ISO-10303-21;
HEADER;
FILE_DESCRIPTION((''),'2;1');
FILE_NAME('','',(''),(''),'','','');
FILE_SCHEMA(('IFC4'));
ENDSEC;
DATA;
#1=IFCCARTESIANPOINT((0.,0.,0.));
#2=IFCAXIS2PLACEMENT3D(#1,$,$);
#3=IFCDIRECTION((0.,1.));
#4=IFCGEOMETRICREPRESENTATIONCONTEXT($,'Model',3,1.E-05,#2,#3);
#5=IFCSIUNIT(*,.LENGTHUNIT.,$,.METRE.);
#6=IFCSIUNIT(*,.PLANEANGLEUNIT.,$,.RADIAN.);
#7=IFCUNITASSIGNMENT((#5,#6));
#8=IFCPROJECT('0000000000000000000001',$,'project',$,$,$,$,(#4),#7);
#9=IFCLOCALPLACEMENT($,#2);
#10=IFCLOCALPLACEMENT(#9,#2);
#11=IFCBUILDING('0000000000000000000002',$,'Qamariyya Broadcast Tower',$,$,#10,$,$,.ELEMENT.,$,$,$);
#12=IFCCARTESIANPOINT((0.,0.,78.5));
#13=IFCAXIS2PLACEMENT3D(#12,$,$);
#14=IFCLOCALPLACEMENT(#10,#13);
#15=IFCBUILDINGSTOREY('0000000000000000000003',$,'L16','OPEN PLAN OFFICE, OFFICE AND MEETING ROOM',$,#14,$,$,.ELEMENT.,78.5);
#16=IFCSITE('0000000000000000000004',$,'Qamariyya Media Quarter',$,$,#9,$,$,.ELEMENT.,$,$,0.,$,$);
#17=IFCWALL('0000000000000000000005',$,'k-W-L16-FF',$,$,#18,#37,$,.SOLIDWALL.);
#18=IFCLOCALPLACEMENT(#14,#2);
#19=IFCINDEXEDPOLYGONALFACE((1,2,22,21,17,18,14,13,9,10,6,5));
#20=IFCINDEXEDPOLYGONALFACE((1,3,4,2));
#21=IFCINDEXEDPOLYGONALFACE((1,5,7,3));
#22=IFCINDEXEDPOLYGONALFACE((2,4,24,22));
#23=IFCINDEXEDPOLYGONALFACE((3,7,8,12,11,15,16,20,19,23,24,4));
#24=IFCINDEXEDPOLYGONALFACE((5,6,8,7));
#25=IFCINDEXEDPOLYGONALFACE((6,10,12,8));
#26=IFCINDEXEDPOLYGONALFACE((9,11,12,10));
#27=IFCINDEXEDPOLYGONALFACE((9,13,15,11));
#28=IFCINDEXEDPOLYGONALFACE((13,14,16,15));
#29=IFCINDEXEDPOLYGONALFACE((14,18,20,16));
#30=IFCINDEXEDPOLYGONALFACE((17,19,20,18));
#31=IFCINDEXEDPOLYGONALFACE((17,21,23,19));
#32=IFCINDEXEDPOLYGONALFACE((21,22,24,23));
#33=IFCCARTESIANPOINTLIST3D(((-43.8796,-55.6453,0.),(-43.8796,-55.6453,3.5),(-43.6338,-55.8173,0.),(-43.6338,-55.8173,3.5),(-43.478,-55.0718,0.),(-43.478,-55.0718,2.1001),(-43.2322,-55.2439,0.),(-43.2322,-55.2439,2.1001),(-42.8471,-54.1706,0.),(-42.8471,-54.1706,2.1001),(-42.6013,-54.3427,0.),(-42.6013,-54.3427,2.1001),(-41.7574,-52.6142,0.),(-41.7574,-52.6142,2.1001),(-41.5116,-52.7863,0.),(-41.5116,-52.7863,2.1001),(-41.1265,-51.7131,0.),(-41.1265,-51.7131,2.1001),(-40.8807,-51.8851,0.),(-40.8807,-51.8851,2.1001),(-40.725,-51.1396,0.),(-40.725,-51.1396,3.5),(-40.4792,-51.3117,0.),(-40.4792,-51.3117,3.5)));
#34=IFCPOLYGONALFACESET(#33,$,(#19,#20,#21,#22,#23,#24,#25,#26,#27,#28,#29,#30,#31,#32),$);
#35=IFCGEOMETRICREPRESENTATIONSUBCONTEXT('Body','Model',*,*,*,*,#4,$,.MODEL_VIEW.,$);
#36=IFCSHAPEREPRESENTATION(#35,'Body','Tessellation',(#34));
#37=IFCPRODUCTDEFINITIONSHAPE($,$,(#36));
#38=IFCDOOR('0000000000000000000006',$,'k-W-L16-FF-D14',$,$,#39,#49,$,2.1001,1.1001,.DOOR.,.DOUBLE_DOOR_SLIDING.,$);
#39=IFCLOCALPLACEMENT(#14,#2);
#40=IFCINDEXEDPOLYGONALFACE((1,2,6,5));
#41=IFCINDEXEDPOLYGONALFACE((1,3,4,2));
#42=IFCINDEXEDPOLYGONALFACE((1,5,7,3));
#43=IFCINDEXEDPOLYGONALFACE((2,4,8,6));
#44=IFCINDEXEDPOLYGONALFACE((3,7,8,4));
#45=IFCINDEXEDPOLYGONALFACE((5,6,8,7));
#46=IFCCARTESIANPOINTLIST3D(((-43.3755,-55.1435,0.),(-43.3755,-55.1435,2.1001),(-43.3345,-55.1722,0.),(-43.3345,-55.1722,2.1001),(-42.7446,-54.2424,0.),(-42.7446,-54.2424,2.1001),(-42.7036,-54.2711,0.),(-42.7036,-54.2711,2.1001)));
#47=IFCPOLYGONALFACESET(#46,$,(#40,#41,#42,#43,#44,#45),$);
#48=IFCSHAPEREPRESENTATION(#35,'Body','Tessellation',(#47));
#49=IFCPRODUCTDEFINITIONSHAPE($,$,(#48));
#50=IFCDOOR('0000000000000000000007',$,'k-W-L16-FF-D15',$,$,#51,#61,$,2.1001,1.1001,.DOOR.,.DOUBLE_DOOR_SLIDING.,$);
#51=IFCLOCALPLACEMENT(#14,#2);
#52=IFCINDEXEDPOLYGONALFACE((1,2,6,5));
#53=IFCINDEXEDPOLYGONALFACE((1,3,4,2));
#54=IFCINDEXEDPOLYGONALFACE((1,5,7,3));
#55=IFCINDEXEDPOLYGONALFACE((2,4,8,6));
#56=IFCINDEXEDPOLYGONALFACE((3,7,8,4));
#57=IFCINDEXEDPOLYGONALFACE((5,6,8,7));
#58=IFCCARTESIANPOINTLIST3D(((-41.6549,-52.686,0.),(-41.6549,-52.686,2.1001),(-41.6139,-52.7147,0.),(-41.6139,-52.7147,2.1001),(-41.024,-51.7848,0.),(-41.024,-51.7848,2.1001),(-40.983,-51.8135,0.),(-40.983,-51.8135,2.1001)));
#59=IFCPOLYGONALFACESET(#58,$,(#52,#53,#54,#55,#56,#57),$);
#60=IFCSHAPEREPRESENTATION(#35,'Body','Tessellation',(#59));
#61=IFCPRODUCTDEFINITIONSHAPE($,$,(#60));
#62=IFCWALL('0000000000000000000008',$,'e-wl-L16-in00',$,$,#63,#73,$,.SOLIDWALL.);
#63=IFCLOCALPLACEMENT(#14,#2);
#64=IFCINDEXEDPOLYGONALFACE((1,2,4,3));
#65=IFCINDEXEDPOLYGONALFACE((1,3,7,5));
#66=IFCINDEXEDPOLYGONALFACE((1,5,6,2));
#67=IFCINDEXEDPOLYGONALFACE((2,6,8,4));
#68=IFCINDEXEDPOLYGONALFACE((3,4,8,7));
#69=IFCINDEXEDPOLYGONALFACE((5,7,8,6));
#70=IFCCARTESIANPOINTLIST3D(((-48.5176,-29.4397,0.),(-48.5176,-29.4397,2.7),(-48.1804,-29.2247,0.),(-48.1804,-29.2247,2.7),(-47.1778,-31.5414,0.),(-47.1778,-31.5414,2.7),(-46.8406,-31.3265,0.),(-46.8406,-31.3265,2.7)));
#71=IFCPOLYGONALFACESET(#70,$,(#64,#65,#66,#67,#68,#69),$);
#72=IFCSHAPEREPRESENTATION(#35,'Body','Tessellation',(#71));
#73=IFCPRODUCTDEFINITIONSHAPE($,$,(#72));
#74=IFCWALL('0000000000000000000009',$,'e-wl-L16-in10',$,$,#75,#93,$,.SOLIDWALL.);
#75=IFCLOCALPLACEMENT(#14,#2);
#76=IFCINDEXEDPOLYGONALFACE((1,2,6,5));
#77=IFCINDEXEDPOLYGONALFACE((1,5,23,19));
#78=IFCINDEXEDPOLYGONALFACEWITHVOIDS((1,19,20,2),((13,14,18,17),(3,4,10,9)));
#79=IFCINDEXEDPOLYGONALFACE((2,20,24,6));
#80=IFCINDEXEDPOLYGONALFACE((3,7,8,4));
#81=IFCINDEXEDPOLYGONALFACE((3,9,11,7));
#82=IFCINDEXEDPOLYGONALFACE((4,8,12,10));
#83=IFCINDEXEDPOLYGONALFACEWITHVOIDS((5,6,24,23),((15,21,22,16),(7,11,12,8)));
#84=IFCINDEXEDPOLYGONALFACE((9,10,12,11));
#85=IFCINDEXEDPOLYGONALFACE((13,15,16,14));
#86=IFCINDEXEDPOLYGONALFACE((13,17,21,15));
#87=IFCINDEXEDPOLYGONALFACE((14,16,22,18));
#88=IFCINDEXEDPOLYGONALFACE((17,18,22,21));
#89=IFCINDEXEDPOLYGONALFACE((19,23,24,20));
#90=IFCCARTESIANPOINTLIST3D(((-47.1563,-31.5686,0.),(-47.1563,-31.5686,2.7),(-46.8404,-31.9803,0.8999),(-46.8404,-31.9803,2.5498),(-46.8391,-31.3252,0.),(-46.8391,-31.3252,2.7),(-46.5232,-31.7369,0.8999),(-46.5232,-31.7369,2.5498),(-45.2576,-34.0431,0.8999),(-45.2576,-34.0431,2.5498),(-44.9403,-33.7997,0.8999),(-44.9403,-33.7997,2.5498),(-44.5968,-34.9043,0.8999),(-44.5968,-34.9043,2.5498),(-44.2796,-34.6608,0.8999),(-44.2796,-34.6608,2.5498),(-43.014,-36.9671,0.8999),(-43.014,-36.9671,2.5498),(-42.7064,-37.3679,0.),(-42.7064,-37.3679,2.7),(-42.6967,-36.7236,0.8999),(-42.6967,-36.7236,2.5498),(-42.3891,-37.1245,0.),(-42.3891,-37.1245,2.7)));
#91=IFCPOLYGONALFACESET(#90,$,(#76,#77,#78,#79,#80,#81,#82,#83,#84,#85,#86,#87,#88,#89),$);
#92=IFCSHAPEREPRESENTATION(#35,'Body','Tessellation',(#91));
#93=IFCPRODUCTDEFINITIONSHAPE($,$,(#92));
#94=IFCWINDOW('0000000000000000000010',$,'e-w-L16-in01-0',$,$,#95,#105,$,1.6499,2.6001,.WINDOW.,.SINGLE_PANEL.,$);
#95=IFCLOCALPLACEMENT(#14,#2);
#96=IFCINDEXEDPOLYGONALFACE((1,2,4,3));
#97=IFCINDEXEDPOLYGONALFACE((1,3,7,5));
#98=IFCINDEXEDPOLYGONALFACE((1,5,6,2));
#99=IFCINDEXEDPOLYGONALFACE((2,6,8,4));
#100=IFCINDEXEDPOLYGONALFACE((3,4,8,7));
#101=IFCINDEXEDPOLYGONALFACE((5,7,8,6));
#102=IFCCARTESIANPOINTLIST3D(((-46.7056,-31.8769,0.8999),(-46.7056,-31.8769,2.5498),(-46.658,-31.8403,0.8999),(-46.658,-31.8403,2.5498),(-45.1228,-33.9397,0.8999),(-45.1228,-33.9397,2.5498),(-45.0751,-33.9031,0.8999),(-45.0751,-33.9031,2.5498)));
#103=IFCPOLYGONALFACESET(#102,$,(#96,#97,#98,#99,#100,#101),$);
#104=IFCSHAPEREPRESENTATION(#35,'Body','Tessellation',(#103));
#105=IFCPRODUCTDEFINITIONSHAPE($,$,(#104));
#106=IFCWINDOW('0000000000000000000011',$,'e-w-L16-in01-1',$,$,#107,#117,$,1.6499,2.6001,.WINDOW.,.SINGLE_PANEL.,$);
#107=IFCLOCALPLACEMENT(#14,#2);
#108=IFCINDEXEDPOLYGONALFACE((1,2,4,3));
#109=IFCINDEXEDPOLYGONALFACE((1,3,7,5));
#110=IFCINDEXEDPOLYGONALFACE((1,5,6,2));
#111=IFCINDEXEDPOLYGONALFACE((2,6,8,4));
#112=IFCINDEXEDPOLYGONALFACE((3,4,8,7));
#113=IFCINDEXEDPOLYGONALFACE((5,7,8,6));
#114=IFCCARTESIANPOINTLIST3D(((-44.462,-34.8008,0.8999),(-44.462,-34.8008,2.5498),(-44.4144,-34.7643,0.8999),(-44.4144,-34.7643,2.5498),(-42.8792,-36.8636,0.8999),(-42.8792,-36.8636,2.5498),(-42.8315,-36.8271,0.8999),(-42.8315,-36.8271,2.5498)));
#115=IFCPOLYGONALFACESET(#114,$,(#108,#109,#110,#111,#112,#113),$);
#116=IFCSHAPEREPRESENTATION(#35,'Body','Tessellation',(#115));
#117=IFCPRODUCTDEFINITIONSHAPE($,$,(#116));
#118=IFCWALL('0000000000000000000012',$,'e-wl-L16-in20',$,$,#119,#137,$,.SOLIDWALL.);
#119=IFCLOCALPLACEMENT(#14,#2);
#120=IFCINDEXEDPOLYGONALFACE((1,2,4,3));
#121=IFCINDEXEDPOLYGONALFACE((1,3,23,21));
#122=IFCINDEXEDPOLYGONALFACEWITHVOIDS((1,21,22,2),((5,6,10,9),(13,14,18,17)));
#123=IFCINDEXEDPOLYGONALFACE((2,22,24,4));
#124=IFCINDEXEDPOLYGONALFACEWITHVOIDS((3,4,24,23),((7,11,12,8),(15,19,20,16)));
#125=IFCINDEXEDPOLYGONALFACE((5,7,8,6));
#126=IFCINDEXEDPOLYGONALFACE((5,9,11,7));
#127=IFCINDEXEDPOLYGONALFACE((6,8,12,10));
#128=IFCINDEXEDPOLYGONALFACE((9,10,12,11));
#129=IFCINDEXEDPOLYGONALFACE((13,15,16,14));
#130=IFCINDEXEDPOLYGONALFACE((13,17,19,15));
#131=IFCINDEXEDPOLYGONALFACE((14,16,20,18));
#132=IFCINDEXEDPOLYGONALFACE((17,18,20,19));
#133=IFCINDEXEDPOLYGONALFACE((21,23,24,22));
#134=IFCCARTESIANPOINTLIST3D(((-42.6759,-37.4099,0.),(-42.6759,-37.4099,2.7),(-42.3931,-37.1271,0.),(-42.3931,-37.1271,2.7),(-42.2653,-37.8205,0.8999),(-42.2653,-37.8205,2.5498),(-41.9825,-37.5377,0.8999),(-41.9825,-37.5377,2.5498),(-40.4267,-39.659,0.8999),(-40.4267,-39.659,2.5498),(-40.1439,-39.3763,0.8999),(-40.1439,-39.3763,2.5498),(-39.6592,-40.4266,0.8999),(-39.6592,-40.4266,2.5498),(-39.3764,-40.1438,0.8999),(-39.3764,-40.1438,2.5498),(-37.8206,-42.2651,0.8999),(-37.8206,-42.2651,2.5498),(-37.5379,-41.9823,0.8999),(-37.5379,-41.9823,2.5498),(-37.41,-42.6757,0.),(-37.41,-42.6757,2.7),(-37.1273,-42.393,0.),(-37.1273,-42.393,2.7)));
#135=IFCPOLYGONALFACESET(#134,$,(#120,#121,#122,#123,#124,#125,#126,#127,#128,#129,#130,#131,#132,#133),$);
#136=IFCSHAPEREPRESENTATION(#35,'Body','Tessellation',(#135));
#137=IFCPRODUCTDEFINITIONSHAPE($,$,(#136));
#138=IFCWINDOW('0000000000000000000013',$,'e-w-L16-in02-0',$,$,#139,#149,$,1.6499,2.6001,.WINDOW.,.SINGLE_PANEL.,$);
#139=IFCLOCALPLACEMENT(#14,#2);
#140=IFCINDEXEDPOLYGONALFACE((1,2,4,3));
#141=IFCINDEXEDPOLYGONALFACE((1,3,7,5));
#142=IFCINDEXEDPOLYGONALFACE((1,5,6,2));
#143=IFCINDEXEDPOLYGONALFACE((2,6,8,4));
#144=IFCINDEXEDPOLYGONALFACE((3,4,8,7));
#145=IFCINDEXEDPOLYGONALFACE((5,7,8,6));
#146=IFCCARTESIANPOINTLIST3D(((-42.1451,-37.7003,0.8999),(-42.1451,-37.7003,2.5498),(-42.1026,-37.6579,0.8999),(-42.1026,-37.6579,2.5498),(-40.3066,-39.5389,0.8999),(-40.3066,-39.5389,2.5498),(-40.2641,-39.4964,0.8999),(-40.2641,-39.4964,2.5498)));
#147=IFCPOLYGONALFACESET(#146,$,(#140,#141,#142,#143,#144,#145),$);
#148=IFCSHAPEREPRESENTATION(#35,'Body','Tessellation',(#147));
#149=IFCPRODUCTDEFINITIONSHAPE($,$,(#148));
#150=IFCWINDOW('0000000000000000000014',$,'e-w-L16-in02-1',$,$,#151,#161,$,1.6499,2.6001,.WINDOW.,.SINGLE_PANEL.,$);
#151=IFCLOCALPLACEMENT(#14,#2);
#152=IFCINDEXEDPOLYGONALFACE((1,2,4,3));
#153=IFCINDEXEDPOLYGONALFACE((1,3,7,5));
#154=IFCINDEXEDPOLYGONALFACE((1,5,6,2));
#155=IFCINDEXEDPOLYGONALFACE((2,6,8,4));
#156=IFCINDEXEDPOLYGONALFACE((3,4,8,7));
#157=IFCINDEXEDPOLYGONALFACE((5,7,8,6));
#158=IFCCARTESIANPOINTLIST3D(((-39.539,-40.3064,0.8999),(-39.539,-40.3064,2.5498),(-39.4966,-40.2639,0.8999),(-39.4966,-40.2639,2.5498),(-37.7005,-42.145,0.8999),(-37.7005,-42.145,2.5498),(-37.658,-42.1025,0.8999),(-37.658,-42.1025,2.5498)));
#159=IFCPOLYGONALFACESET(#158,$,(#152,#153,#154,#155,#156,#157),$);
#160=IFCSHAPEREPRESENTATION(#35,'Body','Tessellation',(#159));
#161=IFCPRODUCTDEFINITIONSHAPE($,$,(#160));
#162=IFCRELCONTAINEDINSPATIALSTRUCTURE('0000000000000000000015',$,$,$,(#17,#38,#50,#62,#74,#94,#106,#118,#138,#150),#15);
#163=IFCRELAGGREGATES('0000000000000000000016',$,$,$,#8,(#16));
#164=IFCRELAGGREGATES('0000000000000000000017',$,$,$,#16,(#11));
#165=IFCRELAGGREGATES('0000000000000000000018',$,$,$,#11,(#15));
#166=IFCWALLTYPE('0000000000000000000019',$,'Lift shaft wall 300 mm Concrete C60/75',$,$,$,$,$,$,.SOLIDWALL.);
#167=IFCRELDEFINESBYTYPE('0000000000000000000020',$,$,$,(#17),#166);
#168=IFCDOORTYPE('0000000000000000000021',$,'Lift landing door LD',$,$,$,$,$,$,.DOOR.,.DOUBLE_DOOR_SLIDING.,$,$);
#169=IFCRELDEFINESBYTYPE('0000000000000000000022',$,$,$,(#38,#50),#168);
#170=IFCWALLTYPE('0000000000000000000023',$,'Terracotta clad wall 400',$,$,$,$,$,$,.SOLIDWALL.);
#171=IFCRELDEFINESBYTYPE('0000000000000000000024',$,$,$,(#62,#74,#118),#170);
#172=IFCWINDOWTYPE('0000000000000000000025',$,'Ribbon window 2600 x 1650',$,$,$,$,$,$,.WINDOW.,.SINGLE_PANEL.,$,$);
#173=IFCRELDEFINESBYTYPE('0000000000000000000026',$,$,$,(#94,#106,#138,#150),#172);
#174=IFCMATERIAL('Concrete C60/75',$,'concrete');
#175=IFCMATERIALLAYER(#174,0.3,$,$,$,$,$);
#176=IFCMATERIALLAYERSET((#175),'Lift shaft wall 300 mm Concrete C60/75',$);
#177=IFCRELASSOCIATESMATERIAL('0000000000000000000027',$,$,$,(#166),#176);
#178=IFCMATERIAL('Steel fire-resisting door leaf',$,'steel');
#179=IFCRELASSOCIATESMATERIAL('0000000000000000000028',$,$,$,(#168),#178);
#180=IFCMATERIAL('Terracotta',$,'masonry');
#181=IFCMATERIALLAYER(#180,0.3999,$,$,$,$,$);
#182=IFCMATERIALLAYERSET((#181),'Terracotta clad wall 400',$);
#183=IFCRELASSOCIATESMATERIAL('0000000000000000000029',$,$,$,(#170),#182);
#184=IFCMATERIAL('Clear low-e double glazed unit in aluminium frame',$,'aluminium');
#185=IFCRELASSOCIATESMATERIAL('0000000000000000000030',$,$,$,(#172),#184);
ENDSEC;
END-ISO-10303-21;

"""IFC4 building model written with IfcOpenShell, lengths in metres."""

from ifc_helpers import new_model, si_unit, direction, frame, frame_2d, origin, place, context, subcontext, project, spatial, rectangle, extrude, material, layer, layer_set, type_object, element, fill, save


model = new_model("IFC4")

# Units and contexts
model_context = context("Model", 3, precision=1e-05, world=origin(), true_north=direction((0.0, 1.0)))
body_context = subcontext(model_context, "Body", "Model", "MODEL_VIEW")
ifc_project = project(units=[si_unit("LENGTHUNIT", "METRE"), si_unit("PLANEANGLEUNIT", "RADIAN")], contexts=[model_context])

# Site, building, storey
site_placement = place(None, origin())
site = spatial("IfcSite", under=ifc_project, at=site_placement, Name="Qamariyya Media Quarter", CompositionType="ELEMENT", RefElevation=0.0)
building_placement = place(site_placement, origin())
building = spatial("IfcBuilding", under=site, at=building_placement, Name="Qamariyya Broadcast Tower", CompositionType="ELEMENT")
storey_placement = place(building_placement, frame((0.0, 0.0, 78.5)))
storey = spatial("IfcBuildingStorey", under=building, at=storey_placement, Name="L16", Description="OPEN PLAN OFFICE, OFFICE AND MEETING ROOM", CompositionType="ELEMENT", Elevation=78.5)

# Shared definitions
ifc_material_1 = material(Name="Concrete C60/75", Category="concrete")
ifc_layer_1 = layer(ifc_material_1, 0.3)
ifc_layer_set_1 = layer_set([ifc_layer_1], Name="Lift shaft wall 300 mm Concrete C60/75")
wall_type_1 = type_object("IfcWallType", Name="Lift shaft wall 300 mm Concrete C60/75", PredefinedType="SOLIDWALL", material=ifc_layer_set_1)

# Shared definitions
ifc_material_2 = material(Name="Steel fire-resisting door leaf", Category="steel")

# Wall, openings, doors
wall_1_placement = place(storey_placement, frame((-43.7566, -55.7312, 0.0), z_axis=(0.0, 0.0, 1.0), x_axis=(0.573537, 0.81918, 0.0)))
wall_1 = element("IfcWall", 1, at=wall_1_placement, inside=storey, type_object=wall_type_1, Name="k-W-L16-FF", PredefinedType="SOLIDWALL", context=body_context, shape_type="SweptSolid", body=[
    extrude(rectangle(XDim=5.5002, YDim=0.3, at=frame_2d((2.75, 0.0))), origin(), (0.0, 0.0, 1.0), 3.5),
])
opening_1_placement = place(wall_1_placement, frame((0.7, 0.0, 0.0)))
opening_1 = element("IfcOpeningElement", 2, at=opening_1_placement, cuts=wall_1, PredefinedType="OPENING", context=body_context, shape_type="SweptSolid", body=[
    extrude(rectangle(XDim=1.1001, YDim=2.1001, at=frame_2d((0.55, 1.05))), frame((0.0, 0.1599, 0.0), z_axis=(0.0, -1.0, 0.0), x_axis=(1.0, 0.0, 0.0)), (0.0, 0.0, 1.0), 0.3201),
])
opening_2_placement = place(wall_1_placement, frame((3.7, 0.0, 0.0)))
opening_2 = element("IfcOpeningElement", 3, at=opening_2_placement, cuts=wall_1, PredefinedType="OPENING", context=body_context, shape_type="SweptSolid", body=[
    extrude(rectangle(XDim=1.1001, YDim=2.1001, at=frame_2d((0.55, 1.05))), frame((0.0, 0.1599, 0.0), z_axis=(0.0, -1.0, 0.0), x_axis=(1.0, 0.0, 0.0)), (0.0, 0.0, 1.0), 0.3201),
])
door_type_1 = type_object("IfcDoorType", Name="Lift landing door LD", OperationType="DOUBLE_DOOR_SLIDING", PredefinedType="DOOR", material=ifc_material_2)
door_1_placement = place(opening_1_placement, origin())
door_1 = element("IfcDoor", 4, at=door_1_placement, inside=storey, type_object=door_type_1, Name="k-W-L16-FF-D14", OperationType="DOUBLE_DOOR_SLIDING", OverallHeight=2.1001, OverallWidth=1.1001, PredefinedType="DOOR", context=body_context, shape_type="SweptSolid", body=[
    extrude(rectangle(XDim=1.1001, YDim=2.1001, at=frame_2d((0.55, 1.05))), frame((0.0, 0.0249, 0.0), z_axis=(0.0, -1.0, 0.0), x_axis=(1.0, 0.0, 0.0)), (0.0, 0.0, 1.0), 0.05),
])
fill(opening_1, door_1)
door_2_placement = place(opening_2_placement, origin())
door_2 = element("IfcDoor", 5, at=door_2_placement, inside=storey, type_object=door_type_1, Name="k-W-L16-FF-D15", OperationType="DOUBLE_DOOR_SLIDING", OverallHeight=2.1001, OverallWidth=1.1001, PredefinedType="DOOR", context=body_context, shape_type="SweptSolid", body=[
    extrude(rectangle(XDim=1.1001, YDim=2.1001, at=frame_2d((0.55, 1.05))), frame((0.0, 0.0249, 0.0), z_axis=(0.0, -1.0, 0.0), x_axis=(1.0, 0.0, 0.0)), (0.0, 0.0, 1.0), 0.05),
])
fill(opening_2, door_2)

# Wall
ifc_material_3 = material(Name="Terracotta", Category="masonry")
ifc_layer_2 = layer(ifc_material_3, 0.3999)
ifc_layer_set_2 = layer_set([ifc_layer_2], Name="Terracotta clad wall 400")
wall_type_2 = type_object("IfcWallType", Name="Terracotta clad wall 400", PredefinedType="SOLIDWALL", material=ifc_layer_set_2)
wall_2_placement = place(storey_placement, frame((-47.0093, -31.4338, 0.0), z_axis=(0.0, 0.0, 1.0), x_axis=(-0.537541, 0.843238, 0.0)))
element("IfcWall", 6, at=wall_2_placement, inside=storey, type_object=wall_type_2, Name="e-wl-L16-in00", PredefinedType="SOLIDWALL", context=body_context, shape_type="SweptSolid", body=[
    extrude(rectangle(XDim=2.4924, YDim=0.3999, at=frame_2d((1.2461, 0.0))), origin(), (0.0, 0.0, 1.0), 2.7),
])

# Walls, openings, windows
wall_3_placement = place(storey_placement, frame((-42.5479, -37.2461, 0.0), z_axis=(0.0, 0.0, 1.0), x_axis=(-0.60876, 0.793355, 0.0)))
wall_3 = element("IfcWall", 7, at=wall_3_placement, inside=storey, type_object=wall_type_2, Name="e-wl-L16-in10", PredefinedType="SOLIDWALL", context=body_context, shape_type="SweptSolid", body=[
    extrude(rectangle(XDim=7.3098, YDim=0.3999, at=frame_2d((3.6548, 0.0))), origin(), (0.0, 0.0, 1.0), 2.7),
])
opening_3_placement = place(wall_3_placement, frame((4.1907, 0.0, 0.8999)))
opening_3 = element("IfcOpeningElement", 8, at=opening_3_placement, cuts=wall_3, PredefinedType="OPENING", context=body_context, shape_type="SweptSolid", body=[
    extrude(rectangle(XDim=2.6001, YDim=1.6499, at=frame_2d((1.3, 0.825))), frame((0.0, 0.21, 0.0), z_axis=(0.0, -1.0, 0.0), x_axis=(1.0, 0.0, 0.0)), (0.0, 0.0, 1.0), 0.4199),
])
opening_4_placement = place(wall_3_placement, frame((0.5051, 0.0, 0.8999)))
opening_4 = element("IfcOpeningElement", 9, at=opening_4_placement, cuts=wall_3, PredefinedType="OPENING", context=body_context, shape_type="SweptSolid", body=[
    extrude(rectangle(XDim=2.6001, YDim=1.6499, at=frame_2d((1.3, 0.825))), frame((0.0, 0.21, 0.0), z_axis=(0.0, -1.0, 0.0), x_axis=(1.0, 0.0, 0.0)), (0.0, 0.0, 1.0), 0.4199),
])
ifc_material_4 = material(Name="Clear low-e double glazed unit in aluminium frame", Category="aluminium")
window_type = type_object("IfcWindowType", Name="Ribbon window 2600 x 1650", PartitioningType="SINGLE_PANEL", PredefinedType="WINDOW", material=ifc_material_4)
window_1_placement = place(opening_3_placement, origin())
window_1 = element("IfcWindow", 10, at=window_1_placement, inside=storey, type_object=window_type, Name="e-w-L16-in01-0", OverallHeight=1.6499, OverallWidth=2.6001, PartitioningType="SINGLE_PANEL", PredefinedType="WINDOW", context=body_context, shape_type="SweptSolid", body=[
    extrude(rectangle(XDim=2.6001, YDim=1.6499, at=frame_2d((1.3, 0.825))), frame((0.0, 0.03, 0.0), z_axis=(0.0, -1.0, 0.0), x_axis=(1.0, 0.0, 0.0)), (0.0, 0.0, 1.0), 0.0601),
])
fill(opening_3, window_1)
window_2_placement = place(opening_4_placement, origin())
window_2 = element("IfcWindow", 11, at=window_2_placement, inside=storey, type_object=window_type, Name="e-w-L16-in01-1", OverallHeight=1.6499, OverallWidth=2.6001, PartitioningType="SINGLE_PANEL", PredefinedType="WINDOW", context=body_context, shape_type="SweptSolid", body=[
    extrude(rectangle(XDim=2.6001, YDim=1.6499, at=frame_2d((1.3, 0.825))), frame((0.0, 0.03, 0.0), z_axis=(0.0, -1.0, 0.0), x_axis=(1.0, 0.0, 0.0)), (0.0, 0.0, 1.0), 0.0601),
])
fill(opening_4, window_2)
wall_4_placement = place(storey_placement, frame((-37.2686, -42.5344, 0.0), z_axis=(0.0, 0.0, 1.0), x_axis=(-0.707107, 0.707107, 0.0)))
wall_4 = element("IfcWall", 12, at=wall_4_placement, inside=storey, type_object=wall_type_2, Name="e-wl-L16-in20", PredefinedType="SOLIDWALL", context=body_context, shape_type="SweptSolid", body=[
    extrude(rectangle(XDim=7.447, YDim=0.3999, at=frame_2d((3.7236, 0.0))), origin(), (0.0, 0.0, 1.0), 2.7),
])
opening_5_placement = place(wall_4_placement, frame((4.2664, 0.0, 0.8999)))
opening_5 = element("IfcOpeningElement", 13, at=opening_5_placement, cuts=wall_4, PredefinedType="OPENING", context=body_context, shape_type="SweptSolid", body=[
    extrude(rectangle(XDim=2.6001, YDim=1.6499, at=frame_2d((1.3, 0.825))), frame((0.0, 0.21, 0.0), z_axis=(0.0, -1.0, 0.0), x_axis=(1.0, 0.0, 0.0)), (0.0, 0.0, 1.0), 0.4199),
])
opening_6_placement = place(wall_4_placement, frame((0.5808, 0.0, 0.8999)))
opening_6 = element("IfcOpeningElement", 14, at=opening_6_placement, cuts=wall_4, PredefinedType="OPENING", context=body_context, shape_type="SweptSolid", body=[
    extrude(rectangle(XDim=2.6001, YDim=1.6499, at=frame_2d((1.3, 0.825))), frame((0.0, 0.21, 0.0), z_axis=(0.0, -1.0, 0.0), x_axis=(1.0, 0.0, 0.0)), (0.0, 0.0, 1.0), 0.4199),
])
window_3_placement = place(opening_5_placement, origin())
window_3 = element("IfcWindow", 15, at=window_3_placement, inside=storey, type_object=window_type, Name="e-w-L16-in02-0", OverallHeight=1.6499, OverallWidth=2.6001, PartitioningType="SINGLE_PANEL", PredefinedType="WINDOW", context=body_context, shape_type="SweptSolid", body=[
    extrude(rectangle(XDim=2.6001, YDim=1.6499, at=frame_2d((1.3, 0.825))), frame((0.0, 0.03, 0.0), z_axis=(0.0, -1.0, 0.0), x_axis=(1.0, 0.0, 0.0)), (0.0, 0.0, 1.0), 0.0601),
])
fill(opening_5, window_3)
window_4_placement = place(opening_6_placement, origin())
window_4 = element("IfcWindow", 16, at=window_4_placement, inside=storey, type_object=window_type, Name="e-w-L16-in02-1", OverallHeight=1.6499, OverallWidth=2.6001, PartitioningType="SINGLE_PANEL", PredefinedType="WINDOW", context=body_context, shape_type="SweptSolid", body=[
    extrude(rectangle(XDim=2.6001, YDim=1.6499, at=frame_2d((1.3, 0.825))), frame((0.0, 0.03, 0.0), z_axis=(0.0, -1.0, 0.0), x_axis=(1.0, 0.0, 0.0)), (0.0, 0.0, 1.0), 0.0601),
])
fill(opening_6, window_4)

save(model, "model.ifc")
